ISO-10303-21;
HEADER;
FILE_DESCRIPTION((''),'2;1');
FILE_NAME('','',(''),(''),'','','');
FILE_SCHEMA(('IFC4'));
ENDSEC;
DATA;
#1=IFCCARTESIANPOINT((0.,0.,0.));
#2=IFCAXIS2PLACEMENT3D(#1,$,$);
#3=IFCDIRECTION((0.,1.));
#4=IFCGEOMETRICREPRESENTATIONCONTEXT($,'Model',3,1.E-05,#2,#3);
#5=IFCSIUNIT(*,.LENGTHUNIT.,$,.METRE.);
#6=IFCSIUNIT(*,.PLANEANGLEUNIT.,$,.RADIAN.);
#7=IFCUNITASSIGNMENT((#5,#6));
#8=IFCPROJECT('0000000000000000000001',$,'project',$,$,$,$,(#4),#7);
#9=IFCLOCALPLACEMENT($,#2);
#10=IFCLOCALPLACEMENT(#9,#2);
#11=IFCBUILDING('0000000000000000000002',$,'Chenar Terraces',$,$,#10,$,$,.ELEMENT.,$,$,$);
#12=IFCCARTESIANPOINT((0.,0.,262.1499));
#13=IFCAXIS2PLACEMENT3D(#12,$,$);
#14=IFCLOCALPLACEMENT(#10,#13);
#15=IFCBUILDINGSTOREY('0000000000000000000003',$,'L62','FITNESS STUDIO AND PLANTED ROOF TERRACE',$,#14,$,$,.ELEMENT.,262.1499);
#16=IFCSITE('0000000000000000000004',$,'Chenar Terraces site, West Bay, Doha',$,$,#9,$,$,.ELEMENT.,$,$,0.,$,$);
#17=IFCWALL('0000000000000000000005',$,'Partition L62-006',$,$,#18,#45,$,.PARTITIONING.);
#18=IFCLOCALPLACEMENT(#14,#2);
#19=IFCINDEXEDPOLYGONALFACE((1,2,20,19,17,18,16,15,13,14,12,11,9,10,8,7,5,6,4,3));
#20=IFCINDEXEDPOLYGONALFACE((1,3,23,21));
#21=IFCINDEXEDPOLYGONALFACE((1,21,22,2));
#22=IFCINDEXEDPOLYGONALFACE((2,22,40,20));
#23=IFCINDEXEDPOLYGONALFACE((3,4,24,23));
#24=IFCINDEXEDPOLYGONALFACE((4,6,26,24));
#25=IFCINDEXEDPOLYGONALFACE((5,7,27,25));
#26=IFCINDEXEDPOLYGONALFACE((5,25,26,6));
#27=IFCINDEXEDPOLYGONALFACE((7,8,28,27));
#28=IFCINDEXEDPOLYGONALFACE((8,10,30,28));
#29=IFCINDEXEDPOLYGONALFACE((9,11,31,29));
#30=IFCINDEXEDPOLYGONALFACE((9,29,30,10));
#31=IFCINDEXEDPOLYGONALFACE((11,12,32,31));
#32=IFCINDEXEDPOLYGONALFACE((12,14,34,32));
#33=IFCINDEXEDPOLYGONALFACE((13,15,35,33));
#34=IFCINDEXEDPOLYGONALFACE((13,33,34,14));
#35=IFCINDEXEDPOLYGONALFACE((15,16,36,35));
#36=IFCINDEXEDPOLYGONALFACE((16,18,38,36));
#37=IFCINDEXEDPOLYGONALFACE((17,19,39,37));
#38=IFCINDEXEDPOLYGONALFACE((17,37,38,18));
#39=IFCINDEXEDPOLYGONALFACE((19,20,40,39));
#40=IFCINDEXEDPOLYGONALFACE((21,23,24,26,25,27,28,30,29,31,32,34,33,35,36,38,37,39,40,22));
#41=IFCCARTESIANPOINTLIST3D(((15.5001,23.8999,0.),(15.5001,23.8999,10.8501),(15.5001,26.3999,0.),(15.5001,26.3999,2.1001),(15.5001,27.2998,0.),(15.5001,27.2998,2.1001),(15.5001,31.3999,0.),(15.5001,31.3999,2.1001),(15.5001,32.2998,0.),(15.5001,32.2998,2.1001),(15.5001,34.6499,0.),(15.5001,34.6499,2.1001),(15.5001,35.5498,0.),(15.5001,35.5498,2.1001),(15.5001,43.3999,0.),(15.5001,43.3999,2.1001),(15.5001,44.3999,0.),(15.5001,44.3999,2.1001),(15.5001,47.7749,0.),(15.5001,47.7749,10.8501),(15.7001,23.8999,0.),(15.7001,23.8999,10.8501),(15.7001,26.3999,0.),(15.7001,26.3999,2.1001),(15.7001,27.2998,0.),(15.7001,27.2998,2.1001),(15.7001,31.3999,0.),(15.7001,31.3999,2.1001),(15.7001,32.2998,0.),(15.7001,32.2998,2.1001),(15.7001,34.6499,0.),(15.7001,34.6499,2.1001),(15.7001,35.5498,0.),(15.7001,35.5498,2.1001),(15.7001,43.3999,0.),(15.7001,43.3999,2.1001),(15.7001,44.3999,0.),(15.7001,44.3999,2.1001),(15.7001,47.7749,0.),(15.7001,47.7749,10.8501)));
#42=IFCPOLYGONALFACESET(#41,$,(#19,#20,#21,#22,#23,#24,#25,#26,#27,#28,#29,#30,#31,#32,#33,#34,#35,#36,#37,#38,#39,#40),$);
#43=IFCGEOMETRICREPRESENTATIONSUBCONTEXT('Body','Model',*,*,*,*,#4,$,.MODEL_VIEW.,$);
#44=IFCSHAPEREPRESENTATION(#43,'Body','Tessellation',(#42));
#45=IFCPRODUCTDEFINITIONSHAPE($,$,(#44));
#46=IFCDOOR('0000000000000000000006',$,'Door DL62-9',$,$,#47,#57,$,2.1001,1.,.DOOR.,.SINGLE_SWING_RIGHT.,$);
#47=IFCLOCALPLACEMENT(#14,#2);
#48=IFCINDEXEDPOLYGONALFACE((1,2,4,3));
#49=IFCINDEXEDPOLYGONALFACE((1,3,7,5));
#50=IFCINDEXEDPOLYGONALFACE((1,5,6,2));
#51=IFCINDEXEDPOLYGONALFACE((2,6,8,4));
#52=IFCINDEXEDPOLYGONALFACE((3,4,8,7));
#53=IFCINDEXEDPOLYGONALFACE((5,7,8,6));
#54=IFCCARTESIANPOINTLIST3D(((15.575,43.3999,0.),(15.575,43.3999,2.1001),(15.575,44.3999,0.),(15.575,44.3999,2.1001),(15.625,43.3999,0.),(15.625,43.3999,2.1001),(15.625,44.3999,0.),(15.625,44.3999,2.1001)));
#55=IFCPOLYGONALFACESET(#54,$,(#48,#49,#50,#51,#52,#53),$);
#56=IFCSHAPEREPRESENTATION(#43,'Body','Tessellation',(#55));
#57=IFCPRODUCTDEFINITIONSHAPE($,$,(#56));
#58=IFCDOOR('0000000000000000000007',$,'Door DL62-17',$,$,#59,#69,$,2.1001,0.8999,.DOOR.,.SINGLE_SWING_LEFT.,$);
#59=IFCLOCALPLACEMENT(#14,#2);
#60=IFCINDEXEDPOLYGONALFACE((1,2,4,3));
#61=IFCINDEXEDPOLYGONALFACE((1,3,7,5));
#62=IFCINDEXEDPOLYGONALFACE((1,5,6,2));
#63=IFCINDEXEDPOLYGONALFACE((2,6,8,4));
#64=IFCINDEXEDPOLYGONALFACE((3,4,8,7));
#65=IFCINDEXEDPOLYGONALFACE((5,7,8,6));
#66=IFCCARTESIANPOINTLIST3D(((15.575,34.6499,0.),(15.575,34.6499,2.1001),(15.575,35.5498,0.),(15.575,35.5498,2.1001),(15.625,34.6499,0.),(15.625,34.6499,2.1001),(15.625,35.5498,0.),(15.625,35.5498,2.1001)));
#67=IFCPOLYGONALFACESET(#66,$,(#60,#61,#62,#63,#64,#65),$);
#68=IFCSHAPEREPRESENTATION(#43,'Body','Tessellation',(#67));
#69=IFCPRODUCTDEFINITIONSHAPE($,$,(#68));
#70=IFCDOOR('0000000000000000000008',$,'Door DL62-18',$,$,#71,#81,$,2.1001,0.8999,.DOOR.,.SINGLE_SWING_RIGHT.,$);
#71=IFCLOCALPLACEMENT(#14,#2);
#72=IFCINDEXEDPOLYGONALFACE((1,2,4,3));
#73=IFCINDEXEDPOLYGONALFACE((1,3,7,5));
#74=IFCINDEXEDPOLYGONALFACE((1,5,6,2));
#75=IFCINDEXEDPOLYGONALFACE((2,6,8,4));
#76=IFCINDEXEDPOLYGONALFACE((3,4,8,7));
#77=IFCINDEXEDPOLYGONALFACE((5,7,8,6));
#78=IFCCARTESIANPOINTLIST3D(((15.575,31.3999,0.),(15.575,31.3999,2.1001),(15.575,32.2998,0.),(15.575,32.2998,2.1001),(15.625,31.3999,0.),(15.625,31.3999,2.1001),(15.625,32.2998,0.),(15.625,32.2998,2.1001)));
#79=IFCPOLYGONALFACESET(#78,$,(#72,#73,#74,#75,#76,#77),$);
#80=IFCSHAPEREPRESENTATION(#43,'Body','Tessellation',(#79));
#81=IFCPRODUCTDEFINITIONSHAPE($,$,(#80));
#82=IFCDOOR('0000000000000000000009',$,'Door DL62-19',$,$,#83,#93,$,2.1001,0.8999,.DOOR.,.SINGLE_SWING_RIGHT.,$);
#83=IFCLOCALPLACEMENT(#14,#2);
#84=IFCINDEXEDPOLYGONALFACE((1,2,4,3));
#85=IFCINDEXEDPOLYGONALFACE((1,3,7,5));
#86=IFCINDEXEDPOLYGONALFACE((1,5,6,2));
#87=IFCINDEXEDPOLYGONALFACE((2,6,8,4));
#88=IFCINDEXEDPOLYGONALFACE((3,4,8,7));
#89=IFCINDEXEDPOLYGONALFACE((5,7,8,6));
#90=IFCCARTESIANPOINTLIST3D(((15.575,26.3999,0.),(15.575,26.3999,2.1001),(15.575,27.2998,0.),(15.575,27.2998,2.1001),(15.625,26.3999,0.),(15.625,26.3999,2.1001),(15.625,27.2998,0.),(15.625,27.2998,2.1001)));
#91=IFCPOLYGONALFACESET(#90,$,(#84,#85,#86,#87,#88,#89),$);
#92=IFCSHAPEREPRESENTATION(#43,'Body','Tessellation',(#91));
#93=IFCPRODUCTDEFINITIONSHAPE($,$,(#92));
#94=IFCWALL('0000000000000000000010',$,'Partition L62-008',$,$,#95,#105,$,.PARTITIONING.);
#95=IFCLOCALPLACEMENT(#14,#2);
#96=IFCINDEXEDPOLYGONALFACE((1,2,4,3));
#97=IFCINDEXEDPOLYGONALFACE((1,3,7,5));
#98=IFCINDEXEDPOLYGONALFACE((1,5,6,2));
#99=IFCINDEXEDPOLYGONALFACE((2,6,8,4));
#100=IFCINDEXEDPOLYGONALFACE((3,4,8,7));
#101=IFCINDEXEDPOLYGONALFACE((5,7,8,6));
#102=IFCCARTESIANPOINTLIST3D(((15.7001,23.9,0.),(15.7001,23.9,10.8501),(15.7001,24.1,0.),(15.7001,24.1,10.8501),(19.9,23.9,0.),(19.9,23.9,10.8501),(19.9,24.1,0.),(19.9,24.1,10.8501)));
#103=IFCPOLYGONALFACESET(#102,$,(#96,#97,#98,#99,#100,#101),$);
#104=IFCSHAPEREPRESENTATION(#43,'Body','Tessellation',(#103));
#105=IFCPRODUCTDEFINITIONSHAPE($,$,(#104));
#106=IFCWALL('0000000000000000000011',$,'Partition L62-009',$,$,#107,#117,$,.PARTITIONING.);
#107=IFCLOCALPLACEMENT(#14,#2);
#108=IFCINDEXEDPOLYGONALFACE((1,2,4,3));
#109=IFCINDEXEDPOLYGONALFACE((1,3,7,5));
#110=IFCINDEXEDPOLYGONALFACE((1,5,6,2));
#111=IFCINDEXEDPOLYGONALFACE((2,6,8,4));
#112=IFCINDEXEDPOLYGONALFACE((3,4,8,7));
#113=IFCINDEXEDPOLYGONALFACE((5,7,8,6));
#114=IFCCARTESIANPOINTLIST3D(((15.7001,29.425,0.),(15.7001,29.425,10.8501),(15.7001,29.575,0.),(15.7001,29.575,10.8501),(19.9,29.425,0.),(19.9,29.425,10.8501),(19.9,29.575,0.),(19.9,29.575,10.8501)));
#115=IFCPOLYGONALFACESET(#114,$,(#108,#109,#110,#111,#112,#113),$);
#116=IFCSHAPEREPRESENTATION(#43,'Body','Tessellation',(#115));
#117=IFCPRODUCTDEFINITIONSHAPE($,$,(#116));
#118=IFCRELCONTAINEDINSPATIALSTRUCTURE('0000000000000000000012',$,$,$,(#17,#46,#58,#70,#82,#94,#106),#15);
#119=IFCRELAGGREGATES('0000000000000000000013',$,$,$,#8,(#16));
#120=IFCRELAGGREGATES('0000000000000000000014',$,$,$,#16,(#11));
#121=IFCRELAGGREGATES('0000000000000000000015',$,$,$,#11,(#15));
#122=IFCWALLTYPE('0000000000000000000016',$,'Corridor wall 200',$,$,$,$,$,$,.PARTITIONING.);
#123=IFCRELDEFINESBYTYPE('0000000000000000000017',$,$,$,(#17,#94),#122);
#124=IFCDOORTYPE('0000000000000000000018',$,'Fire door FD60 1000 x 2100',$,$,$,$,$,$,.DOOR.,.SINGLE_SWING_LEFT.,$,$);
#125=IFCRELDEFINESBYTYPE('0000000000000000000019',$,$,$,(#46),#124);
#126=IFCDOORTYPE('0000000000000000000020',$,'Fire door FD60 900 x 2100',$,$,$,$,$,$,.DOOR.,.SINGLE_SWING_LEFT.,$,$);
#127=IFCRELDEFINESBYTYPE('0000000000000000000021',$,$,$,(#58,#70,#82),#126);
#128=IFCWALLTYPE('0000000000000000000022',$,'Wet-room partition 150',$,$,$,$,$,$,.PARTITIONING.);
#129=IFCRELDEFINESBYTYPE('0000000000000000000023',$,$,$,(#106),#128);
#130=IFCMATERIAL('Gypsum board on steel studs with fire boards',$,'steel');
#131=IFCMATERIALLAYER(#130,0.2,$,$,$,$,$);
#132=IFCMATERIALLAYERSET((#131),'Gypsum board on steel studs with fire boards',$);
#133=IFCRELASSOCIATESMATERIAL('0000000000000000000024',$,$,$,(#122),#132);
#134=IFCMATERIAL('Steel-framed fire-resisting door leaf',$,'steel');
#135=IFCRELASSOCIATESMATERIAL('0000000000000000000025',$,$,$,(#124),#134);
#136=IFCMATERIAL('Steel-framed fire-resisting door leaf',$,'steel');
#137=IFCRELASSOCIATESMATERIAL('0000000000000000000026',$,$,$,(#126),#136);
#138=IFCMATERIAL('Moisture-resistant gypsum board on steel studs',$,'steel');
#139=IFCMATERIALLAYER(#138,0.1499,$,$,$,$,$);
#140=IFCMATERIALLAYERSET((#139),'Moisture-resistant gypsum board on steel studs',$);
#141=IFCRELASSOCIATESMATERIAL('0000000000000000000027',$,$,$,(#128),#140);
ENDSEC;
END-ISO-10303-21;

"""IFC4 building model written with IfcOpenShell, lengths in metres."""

from ifc_helpers import new_model, si_unit, direction, frame, frame_2d, origin, place, context, subcontext, project, spatial, rectangle, extrude, material, layer, layer_set, type_object, element, fill, save


model = new_model("IFC4")

# Units and contexts
model_context = context("Model", 3, precision=1e-05, world=origin(), true_north=direction((0.0, 1.0)))
body_context = subcontext(model_context, "Body", "Model", "MODEL_VIEW")
ifc_project = project(units=[si_unit("LENGTHUNIT", "METRE"), si_unit("PLANEANGLEUNIT", "RADIAN")], contexts=[model_context])

# Site, building, storey
site_placement = place(None, origin())
site = spatial("IfcSite", under=ifc_project, at=site_placement, Name="Chenar Terraces site, West Bay, Doha", CompositionType="ELEMENT", RefElevation=0.0)
building_placement = place(site_placement, origin())
building = spatial("IfcBuilding", under=site, at=building_placement, Name="Chenar Terraces", CompositionType="ELEMENT")
storey_placement = place(building_placement, frame((0.0, 0.0, 262.1499)))
storey = spatial("IfcBuildingStorey", under=building, at=storey_placement, Name="L62", Description="FITNESS STUDIO AND PLANTED ROOF TERRACE", CompositionType="ELEMENT", Elevation=262.1499)

# Wall, openings, doors
ifc_material_1 = material(Name="Gypsum board on steel studs with fire boards", Category="steel")
ifc_layer_1 = layer(ifc_material_1, 0.2)
ifc_layer_set_1 = layer_set([ifc_layer_1], Name="Gypsum board on steel studs with fire boards")
wall_type_1 = type_object("IfcWallType", Name="Corridor wall 200", PredefinedType="PARTITIONING", material=ifc_layer_set_1)
ifc_material_2 = material(Name="Steel-framed fire-resisting door leaf", Category="steel")
door_type_1 = type_object("IfcDoorType", Name="Fire door FD60 1000 x 2100", OperationType="SINGLE_SWING_LEFT", PredefinedType="DOOR", material=ifc_material_2)
wall_1_placement = place(storey_placement, frame((15.6001, 23.8999, 0.0), z_axis=(0.0, 0.0, 1.0), x_axis=(0.0, 1.0, 0.0)))
wall_1 = element("IfcWall", 1, at=wall_1_placement, inside=storey, type_object=wall_type_1, Name="Partition L62-006", PredefinedType="PARTITIONING", context=body_context, shape_type="SweptSolid", body=[
    extrude(rectangle(XDim=23.875, YDim=0.2, at=frame_2d((11.9375, 0.0))), origin(), (0.0, 0.0, 1.0), 10.8501),
])
opening_1_placement = place(wall_1_placement, frame((19.5, 0.0, 0.0)))
opening_1 = element("IfcOpeningElement", 2, at=opening_1_placement, cuts=wall_1, PredefinedType="OPENING", context=body_context, shape_type="SweptSolid", body=[
    extrude(rectangle(XDim=1.0, YDim=2.1001, at=frame_2d((0.5, 1.05))), frame((0.0, 0.1099, 0.0), z_axis=(0.0, -1.0, 0.0), x_axis=(1.0, 0.0, 0.0)), (0.0, 0.0, 1.0), 0.22),
])
opening_2_placement = place(wall_1_placement, frame((10.75, 0.0, 0.0)))
opening_2 = element("IfcOpeningElement", 3, at=opening_2_placement, cuts=wall_1, PredefinedType="OPENING", context=body_context, shape_type="SweptSolid", body=[
    extrude(rectangle(XDim=0.8999, YDim=2.1001, at=frame_2d((0.45, 1.05))), frame((0.0, 0.1099, 0.0), z_axis=(0.0, -1.0, 0.0), x_axis=(1.0, 0.0, 0.0)), (0.0, 0.0, 1.0), 0.22),
])
opening_3_placement = place(wall_1_placement, frame((7.5, 0.0, 0.0)))
opening_3 = element("IfcOpeningElement", 4, at=opening_3_placement, cuts=wall_1, PredefinedType="OPENING", context=body_context, shape_type="SweptSolid", body=[
    extrude(rectangle(XDim=0.8999, YDim=2.1001, at=frame_2d((0.45, 1.05))), frame((0.0, 0.1099, 0.0), z_axis=(0.0, -1.0, 0.0), x_axis=(1.0, 0.0, 0.0)), (0.0, 0.0, 1.0), 0.22),
])
opening_4_placement = place(wall_1_placement, frame((2.5, 0.0, 0.0)))
opening_4 = element("IfcOpeningElement", 5, at=opening_4_placement, cuts=wall_1, PredefinedType="OPENING", context=body_context, shape_type="SweptSolid", body=[
    extrude(rectangle(XDim=0.8999, YDim=2.1001, at=frame_2d((0.45, 1.05))), frame((0.0, 0.1099, 0.0), z_axis=(0.0, -1.0, 0.0), x_axis=(1.0, 0.0, 0.0)), (0.0, 0.0, 1.0), 0.22),
])
door_1_placement = place(opening_1_placement, frame((1.0, 0.0, 0.0), z_axis=(0.0, 0.0, 1.0), x_axis=(-1.0, 0.0, 0.0)))
door_1 = element("IfcDoor", 6, at=door_1_placement, inside=storey, type_object=door_type_1, Name="Door DL62-9", OperationType="SINGLE_SWING_RIGHT", OverallHeight=2.1001, OverallWidth=1.0, PredefinedType="DOOR", context=body_context, shape_type="SweptSolid", body=[
    extrude(rectangle(XDim=1.0, YDim=2.1001, at=frame_2d((0.5, 1.05))), frame((0.0, 0.0249, 0.0), z_axis=(0.0, -1.0, 0.0), x_axis=(1.0, 0.0, 0.0)), (0.0, 0.0, 1.0), 0.05),
])
fill(opening_1, door_1)
ifc_material_3 = material(Name="Steel-framed fire-resisting door leaf", Category="steel")
door_type_2 = type_object("IfcDoorType", Name="Fire door FD60 900 x 2100", OperationType="SINGLE_SWING_LEFT", PredefinedType="DOOR", material=ifc_material_3)
door_2_placement = place(opening_2_placement, frame((0.8999, 0.0, 0.0), z_axis=(0.0, 0.0, 1.0), x_axis=(-1.0, 0.0, 0.0)))
door_2 = element("IfcDoor", 7, at=door_2_placement, inside=storey, type_object=door_type_2, Name="Door DL62-17", OperationType="SINGLE_SWING_LEFT", OverallHeight=2.1001, OverallWidth=0.8999, PredefinedType="DOOR", context=body_context, shape_type="SweptSolid", body=[
    extrude(rectangle(XDim=0.8999, YDim=2.1001, at=frame_2d((0.45, 1.05))), frame((0.0, 0.0249, 0.0), z_axis=(0.0, -1.0, 0.0), x_axis=(1.0, 0.0, 0.0)), (0.0, 0.0, 1.0), 0.05),
])
fill(opening_2, door_2)
door_3_placement = place(opening_3_placement, frame((0.8999, 0.0, 0.0), z_axis=(0.0, 0.0, 1.0), x_axis=(-1.0, 0.0, 0.0)))
door_3 = element("IfcDoor", 8, at=door_3_placement, inside=storey, type_object=door_type_2, Name="Door DL62-18", OperationType="SINGLE_SWING_RIGHT", OverallHeight=2.1001, OverallWidth=0.8999, PredefinedType="DOOR", context=body_context, shape_type="SweptSolid", body=[
    extrude(rectangle(XDim=0.8999, YDim=2.1001, at=frame_2d((0.45, 1.05))), frame((0.0, 0.0249, 0.0), z_axis=(0.0, -1.0, 0.0), x_axis=(1.0, 0.0, 0.0)), (0.0, 0.0, 1.0), 0.05),
])
fill(opening_3, door_3)
door_4_placement = place(opening_4_placement, frame((0.8999, 0.0, 0.0), z_axis=(0.0, 0.0, 1.0), x_axis=(-1.0, 0.0, 0.0)))
door_4 = element("IfcDoor", 9, at=door_4_placement, inside=storey, type_object=door_type_2, Name="Door DL62-19", OperationType="SINGLE_SWING_RIGHT", OverallHeight=2.1001, OverallWidth=0.8999, PredefinedType="DOOR", context=body_context, shape_type="SweptSolid", body=[
    extrude(rectangle(XDim=0.8999, YDim=2.1001, at=frame_2d((0.45, 1.05))), frame((0.0, 0.0249, 0.0), z_axis=(0.0, -1.0, 0.0), x_axis=(1.0, 0.0, 0.0)), (0.0, 0.0, 1.0), 0.05),
])
fill(opening_4, door_4)

# Walls
wall_2_placement = place(storey_placement, frame((15.7, 24.0, 0.0), z_axis=(0.0, 0.0, 1.0), x_axis=(1.0, 0.0, 0.0)))
element("IfcWall", 10, at=wall_2_placement, inside=storey, type_object=wall_type_1, Name="Partition L62-008", PredefinedType="PARTITIONING", context=body_context, shape_type="SweptSolid", body=[
    extrude(rectangle(XDim=4.2, YDim=0.2, at=frame_2d((2.1001, 0.0))), origin(), (0.0, 0.0, 1.0), 10.8501),
])
ifc_material_4 = material(Name="Moisture-resistant gypsum board on steel studs", Category="steel")
ifc_layer_2 = layer(ifc_material_4, 0.1499)
ifc_layer_set_2 = layer_set([ifc_layer_2], Name="Moisture-resistant gypsum board on steel studs")
wall_type_2 = type_object("IfcWallType", Name="Wet-room partition 150", PredefinedType="PARTITIONING", material=ifc_layer_set_2)
wall_3_placement = place(storey_placement, frame((15.7, 29.5, 0.0), z_axis=(0.0, 0.0, 1.0), x_axis=(1.0, 0.0, 0.0)))
element("IfcWall", 11, at=wall_3_placement, inside=storey, type_object=wall_type_2, Name="Partition L62-009", PredefinedType="PARTITIONING", context=body_context, shape_type="SweptSolid", body=[
    extrude(rectangle(XDim=4.2, YDim=0.1499, at=frame_2d((2.1001, 0.0))), origin(), (0.0, 0.0, 1.0), 10.8501),
])

save(model, "model.ifc")
